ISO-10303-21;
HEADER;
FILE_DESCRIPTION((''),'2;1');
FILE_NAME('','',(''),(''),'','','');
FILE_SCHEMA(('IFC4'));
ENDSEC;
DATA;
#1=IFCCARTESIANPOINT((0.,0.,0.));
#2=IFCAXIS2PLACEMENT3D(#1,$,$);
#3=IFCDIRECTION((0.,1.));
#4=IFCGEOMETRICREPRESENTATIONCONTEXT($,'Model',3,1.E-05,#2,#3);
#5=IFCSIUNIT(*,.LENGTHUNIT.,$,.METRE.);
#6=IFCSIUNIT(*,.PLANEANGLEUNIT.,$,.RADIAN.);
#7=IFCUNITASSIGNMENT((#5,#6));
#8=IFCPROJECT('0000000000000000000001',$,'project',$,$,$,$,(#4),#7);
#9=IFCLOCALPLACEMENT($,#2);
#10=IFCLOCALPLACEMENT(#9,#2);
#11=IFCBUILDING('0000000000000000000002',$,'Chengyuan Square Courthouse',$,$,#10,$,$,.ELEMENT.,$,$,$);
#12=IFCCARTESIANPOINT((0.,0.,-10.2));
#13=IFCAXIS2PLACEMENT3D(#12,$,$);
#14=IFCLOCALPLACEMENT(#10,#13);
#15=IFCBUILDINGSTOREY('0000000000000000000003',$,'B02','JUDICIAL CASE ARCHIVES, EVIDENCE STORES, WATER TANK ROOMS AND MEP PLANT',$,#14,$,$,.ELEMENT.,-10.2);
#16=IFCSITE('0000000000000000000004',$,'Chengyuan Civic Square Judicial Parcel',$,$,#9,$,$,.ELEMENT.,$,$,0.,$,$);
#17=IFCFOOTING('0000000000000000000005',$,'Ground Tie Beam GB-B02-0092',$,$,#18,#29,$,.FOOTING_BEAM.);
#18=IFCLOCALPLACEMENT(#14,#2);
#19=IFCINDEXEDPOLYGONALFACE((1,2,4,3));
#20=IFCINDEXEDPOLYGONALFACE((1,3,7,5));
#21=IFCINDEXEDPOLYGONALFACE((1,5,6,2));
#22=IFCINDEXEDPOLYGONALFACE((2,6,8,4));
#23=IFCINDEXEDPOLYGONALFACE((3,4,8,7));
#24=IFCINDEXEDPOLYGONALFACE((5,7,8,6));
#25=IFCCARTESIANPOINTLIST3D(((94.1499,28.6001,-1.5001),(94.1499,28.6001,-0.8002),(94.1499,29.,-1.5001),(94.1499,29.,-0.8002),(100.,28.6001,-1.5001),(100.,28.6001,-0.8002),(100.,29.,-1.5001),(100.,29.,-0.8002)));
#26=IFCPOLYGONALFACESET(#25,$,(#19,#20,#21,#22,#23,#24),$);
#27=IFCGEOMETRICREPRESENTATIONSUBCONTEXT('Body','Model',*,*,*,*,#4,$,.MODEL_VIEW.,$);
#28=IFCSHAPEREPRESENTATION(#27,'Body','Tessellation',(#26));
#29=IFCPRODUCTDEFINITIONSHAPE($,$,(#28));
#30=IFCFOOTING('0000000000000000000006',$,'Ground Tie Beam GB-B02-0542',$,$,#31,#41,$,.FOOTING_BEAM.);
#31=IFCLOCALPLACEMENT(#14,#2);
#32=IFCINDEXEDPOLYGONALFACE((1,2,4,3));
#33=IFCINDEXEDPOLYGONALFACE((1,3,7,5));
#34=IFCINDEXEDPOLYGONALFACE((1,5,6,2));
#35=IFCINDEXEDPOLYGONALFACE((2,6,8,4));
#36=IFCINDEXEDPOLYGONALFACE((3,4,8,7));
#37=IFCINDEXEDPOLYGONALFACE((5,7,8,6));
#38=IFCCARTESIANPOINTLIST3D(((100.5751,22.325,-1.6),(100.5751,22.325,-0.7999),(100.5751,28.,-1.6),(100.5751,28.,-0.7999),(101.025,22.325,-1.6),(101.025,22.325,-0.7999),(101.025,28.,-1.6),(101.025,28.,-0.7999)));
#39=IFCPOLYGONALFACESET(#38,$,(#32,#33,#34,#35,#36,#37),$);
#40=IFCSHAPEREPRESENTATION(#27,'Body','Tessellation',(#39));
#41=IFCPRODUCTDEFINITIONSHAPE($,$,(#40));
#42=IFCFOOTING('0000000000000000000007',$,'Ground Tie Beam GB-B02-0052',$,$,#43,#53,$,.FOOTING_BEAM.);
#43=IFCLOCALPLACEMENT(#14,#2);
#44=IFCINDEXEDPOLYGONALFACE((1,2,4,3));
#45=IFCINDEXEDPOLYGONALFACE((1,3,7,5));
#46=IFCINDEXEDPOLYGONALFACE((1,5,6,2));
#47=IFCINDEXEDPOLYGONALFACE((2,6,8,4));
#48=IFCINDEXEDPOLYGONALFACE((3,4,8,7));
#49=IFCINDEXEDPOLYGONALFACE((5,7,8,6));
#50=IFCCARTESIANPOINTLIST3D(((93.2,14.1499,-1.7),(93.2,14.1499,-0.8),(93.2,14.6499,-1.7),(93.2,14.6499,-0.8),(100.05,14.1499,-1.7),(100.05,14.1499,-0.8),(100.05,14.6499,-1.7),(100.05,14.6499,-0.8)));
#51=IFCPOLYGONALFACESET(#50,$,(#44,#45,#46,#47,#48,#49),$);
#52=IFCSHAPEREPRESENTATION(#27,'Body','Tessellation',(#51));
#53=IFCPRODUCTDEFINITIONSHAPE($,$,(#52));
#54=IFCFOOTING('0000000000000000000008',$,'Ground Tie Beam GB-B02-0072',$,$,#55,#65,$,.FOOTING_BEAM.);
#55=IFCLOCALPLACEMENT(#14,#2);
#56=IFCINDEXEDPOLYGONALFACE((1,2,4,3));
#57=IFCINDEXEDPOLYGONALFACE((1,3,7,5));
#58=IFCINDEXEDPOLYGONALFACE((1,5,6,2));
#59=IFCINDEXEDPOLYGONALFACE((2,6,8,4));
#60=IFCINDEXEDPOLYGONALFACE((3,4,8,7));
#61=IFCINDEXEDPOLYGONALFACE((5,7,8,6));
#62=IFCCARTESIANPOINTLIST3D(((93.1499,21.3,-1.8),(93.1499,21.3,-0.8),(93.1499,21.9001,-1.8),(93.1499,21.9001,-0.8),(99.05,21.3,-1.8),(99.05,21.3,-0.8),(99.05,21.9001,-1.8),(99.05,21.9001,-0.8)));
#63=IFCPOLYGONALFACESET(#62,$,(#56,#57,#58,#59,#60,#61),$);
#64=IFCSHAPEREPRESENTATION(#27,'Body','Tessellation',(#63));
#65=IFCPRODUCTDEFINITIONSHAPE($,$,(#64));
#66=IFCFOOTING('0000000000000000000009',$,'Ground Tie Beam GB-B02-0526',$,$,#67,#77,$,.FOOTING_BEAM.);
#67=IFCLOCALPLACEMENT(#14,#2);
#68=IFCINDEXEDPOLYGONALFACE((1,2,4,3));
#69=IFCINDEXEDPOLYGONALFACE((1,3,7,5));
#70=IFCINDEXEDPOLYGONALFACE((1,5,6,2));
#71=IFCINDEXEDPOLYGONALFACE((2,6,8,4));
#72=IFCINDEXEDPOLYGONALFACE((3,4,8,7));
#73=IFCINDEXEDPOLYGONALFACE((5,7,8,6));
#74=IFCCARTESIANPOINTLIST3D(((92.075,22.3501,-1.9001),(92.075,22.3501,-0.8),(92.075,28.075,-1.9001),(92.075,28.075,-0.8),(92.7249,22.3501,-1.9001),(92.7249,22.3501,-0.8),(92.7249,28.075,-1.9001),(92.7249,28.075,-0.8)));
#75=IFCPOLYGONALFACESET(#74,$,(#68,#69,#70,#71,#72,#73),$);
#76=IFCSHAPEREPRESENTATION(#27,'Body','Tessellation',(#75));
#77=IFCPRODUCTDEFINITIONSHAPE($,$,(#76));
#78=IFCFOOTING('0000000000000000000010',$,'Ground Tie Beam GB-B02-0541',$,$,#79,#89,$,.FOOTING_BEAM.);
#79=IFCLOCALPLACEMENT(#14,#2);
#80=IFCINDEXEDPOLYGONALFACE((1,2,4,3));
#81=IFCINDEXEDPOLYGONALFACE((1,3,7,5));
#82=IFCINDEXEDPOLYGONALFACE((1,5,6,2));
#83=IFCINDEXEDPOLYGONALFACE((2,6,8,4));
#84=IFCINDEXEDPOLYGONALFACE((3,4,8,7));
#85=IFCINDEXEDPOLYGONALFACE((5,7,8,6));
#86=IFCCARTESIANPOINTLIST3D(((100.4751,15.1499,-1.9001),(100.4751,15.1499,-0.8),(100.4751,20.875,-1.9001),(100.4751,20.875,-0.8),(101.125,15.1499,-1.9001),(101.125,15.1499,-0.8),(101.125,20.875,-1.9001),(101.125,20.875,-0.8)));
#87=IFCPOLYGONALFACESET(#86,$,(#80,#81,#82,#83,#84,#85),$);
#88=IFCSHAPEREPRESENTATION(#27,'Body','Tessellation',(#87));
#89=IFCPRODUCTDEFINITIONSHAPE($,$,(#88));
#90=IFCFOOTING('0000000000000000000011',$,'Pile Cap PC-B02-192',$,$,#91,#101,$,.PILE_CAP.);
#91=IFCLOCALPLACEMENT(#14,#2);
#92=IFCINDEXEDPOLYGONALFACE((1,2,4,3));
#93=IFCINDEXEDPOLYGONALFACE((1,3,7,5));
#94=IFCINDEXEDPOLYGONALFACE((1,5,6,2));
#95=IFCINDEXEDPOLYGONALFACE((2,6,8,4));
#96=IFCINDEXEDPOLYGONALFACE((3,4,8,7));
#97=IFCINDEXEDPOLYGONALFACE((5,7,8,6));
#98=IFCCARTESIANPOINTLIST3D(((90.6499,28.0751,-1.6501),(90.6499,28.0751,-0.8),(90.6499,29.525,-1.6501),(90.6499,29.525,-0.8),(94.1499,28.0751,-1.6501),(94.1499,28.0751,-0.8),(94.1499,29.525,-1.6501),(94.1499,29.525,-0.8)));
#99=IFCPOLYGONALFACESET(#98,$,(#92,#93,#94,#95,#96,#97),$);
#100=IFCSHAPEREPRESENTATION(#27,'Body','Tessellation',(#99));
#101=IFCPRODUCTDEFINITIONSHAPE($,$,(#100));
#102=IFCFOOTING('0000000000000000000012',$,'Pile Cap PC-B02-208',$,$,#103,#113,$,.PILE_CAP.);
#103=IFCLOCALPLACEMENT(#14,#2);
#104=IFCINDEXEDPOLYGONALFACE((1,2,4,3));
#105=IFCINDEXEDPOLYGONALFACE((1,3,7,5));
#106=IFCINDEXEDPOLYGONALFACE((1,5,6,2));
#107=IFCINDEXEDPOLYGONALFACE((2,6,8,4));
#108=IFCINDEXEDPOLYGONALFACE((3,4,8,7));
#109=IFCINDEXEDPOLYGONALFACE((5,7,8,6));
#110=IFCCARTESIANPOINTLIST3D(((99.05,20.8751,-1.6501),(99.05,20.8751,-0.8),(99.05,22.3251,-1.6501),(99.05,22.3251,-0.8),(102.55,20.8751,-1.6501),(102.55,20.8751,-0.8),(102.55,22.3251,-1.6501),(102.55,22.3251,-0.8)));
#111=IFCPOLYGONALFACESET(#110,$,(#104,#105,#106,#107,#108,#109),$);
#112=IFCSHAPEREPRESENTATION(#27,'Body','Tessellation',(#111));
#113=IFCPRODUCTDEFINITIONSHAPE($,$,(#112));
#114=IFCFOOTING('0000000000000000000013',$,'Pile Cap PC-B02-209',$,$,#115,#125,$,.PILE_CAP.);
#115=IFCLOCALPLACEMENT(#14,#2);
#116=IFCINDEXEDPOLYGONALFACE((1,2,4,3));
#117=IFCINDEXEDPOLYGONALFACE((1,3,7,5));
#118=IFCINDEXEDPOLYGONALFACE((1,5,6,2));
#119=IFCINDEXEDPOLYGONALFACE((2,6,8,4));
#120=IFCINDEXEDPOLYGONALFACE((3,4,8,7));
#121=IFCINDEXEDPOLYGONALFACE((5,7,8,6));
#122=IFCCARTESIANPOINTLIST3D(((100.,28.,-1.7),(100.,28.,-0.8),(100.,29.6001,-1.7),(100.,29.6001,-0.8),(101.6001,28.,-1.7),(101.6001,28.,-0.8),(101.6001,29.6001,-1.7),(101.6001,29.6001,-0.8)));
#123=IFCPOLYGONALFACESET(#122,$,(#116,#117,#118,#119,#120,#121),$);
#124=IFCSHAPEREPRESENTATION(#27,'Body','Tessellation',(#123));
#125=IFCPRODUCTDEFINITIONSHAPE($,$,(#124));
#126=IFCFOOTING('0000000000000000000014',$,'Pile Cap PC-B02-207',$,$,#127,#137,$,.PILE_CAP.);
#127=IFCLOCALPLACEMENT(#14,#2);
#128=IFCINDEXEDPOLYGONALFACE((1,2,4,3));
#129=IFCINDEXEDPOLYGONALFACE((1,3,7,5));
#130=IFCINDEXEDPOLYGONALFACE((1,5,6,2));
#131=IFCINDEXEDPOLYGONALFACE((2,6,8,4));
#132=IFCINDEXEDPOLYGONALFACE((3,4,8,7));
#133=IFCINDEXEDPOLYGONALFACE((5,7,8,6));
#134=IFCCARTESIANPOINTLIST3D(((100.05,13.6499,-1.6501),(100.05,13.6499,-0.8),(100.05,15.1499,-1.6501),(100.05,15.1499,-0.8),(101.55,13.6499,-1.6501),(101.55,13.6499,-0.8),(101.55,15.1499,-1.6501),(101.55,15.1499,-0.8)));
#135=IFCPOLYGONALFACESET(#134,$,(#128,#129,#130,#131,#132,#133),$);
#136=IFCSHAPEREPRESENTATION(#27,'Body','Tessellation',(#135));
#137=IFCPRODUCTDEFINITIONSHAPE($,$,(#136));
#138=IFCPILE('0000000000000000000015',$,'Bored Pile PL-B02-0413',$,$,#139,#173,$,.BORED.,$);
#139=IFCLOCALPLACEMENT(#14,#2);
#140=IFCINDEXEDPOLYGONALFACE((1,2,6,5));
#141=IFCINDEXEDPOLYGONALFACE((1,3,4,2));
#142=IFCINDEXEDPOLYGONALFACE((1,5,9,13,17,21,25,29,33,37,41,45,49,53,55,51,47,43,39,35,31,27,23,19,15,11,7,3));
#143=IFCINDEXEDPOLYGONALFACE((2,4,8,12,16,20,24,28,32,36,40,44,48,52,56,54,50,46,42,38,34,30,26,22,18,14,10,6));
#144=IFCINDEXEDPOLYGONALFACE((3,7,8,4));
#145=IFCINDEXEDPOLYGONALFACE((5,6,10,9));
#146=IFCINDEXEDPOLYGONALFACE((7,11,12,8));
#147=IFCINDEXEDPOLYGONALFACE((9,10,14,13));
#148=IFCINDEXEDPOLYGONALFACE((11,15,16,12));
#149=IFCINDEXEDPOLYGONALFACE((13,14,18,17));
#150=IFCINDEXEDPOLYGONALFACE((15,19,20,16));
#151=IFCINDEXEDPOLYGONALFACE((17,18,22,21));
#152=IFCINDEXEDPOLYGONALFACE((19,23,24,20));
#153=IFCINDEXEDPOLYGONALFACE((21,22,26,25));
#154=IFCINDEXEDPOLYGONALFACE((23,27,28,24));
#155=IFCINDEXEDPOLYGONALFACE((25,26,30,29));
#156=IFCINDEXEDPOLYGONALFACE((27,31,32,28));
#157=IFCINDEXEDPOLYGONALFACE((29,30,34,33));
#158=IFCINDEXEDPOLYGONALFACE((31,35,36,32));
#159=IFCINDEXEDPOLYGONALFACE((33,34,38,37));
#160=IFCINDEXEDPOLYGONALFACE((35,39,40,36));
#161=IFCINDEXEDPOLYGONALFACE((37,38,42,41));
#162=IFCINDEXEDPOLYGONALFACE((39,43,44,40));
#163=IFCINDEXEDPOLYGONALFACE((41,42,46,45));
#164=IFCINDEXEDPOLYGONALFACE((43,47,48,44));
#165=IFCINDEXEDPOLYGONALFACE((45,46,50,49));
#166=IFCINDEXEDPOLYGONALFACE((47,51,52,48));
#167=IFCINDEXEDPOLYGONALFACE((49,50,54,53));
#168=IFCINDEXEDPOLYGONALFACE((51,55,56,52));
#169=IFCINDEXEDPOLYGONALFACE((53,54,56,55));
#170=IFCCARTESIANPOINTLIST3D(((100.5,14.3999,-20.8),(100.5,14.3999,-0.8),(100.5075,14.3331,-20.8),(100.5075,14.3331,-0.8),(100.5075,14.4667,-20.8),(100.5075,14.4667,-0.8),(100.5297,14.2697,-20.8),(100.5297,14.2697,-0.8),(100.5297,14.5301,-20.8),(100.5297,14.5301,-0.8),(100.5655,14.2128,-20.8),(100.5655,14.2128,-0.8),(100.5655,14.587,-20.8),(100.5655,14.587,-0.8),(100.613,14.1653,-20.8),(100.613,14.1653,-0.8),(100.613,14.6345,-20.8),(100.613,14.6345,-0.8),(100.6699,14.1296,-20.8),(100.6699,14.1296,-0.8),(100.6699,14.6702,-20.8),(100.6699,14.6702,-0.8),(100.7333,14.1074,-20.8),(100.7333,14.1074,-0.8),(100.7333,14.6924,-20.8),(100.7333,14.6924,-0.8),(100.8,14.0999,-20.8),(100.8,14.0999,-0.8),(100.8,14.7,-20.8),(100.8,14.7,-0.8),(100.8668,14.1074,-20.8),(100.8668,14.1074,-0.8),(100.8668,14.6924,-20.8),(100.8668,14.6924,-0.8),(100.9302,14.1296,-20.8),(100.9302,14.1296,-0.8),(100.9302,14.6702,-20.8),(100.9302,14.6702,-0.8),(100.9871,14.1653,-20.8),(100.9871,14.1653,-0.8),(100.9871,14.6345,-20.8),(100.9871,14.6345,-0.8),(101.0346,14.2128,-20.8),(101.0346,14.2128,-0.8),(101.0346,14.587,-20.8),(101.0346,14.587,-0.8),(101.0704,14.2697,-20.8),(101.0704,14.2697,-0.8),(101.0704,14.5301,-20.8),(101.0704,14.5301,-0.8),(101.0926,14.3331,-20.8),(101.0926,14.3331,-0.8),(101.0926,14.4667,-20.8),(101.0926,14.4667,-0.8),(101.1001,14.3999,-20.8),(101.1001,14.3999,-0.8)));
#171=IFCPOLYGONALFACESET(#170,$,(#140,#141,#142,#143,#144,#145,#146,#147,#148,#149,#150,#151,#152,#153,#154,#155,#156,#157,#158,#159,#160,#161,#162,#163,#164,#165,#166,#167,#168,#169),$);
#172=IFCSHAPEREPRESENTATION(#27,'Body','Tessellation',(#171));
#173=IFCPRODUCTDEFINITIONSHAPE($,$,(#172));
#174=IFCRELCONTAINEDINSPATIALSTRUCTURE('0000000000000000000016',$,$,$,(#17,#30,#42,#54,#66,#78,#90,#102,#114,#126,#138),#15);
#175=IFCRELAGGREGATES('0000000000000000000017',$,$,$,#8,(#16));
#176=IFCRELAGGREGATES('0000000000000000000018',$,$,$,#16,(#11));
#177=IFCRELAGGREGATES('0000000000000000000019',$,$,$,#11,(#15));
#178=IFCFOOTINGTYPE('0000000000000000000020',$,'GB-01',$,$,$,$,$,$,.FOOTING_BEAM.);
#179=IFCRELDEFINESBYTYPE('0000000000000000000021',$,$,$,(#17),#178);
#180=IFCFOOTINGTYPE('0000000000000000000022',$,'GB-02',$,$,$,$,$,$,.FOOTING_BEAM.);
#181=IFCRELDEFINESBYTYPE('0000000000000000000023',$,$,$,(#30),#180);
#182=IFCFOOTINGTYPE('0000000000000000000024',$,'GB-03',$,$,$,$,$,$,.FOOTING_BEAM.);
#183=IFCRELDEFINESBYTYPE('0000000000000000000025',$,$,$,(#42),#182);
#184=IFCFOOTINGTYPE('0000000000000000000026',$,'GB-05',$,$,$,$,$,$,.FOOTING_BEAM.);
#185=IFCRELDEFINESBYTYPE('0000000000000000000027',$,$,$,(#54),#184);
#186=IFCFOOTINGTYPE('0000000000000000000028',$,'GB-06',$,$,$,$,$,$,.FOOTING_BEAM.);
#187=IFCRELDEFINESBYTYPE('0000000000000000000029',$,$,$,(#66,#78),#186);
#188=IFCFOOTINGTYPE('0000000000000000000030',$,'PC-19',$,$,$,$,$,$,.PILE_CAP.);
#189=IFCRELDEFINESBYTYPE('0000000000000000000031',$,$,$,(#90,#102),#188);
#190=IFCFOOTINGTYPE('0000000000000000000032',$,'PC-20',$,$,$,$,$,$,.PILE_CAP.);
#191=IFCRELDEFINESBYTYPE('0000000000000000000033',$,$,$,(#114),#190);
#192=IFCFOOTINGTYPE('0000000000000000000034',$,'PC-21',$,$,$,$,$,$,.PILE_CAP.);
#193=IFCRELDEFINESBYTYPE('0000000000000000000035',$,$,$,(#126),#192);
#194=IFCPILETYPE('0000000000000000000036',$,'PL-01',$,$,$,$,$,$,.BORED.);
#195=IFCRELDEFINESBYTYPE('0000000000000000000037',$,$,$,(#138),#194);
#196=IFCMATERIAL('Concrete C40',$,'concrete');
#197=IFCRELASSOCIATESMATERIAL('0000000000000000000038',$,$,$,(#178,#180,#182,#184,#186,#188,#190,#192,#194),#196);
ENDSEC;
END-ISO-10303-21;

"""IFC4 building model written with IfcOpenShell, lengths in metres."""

from ifc_helpers import new_model, si_unit, direction, frame, origin, origin_2d, place, context, subcontext, project, spatial, rectangle, circle, extrude, material, material_profile, profile_set, type_object, element, save


model = new_model("IFC4")

# Units and contexts
model_context = context("Model", 3, precision=1e-05, world=origin(), true_north=direction((0.0, 1.0)))
body_context = subcontext(model_context, "Body", "Model", "MODEL_VIEW")
ifc_project = project(units=[si_unit("LENGTHUNIT", "METRE"), si_unit("PLANEANGLEUNIT", "RADIAN")], contexts=[model_context])

# Site, building, storey
site_placement = place(None, origin())
site = spatial("IfcSite", under=ifc_project, at=site_placement, Name="Chengyuan Civic Square Judicial Parcel", CompositionType="ELEMENT", RefElevation=0.0)
building_placement = place(site_placement, origin())
building = spatial("IfcBuilding", under=site, at=building_placement, Name="Chengyuan Square Courthouse", CompositionType="ELEMENT")
storey_placement = place(building_placement, frame((0.0, 0.0, -10.2)))
storey = spatial("IfcBuildingStorey", under=building, at=storey_placement, Name="B02", Description="JUDICIAL CASE ARCHIVES, EVIDENCE STORES, WATER TANK ROOMS AND MEP PLANT", CompositionType="ELEMENT", Elevation=-10.2)

# Footings
ifc_material_1 = material(Name="Concrete C40", Category="concrete")
ifc_material_profile_1 = material_profile(ifc_material_1, rectangle(XDim=0.3999, YDim=0.7, at=origin_2d()), Name="GB-400x700")
ifc_profile_set_1 = profile_set([ifc_material_profile_1], Name="Concrete C40")
footing_type_1 = type_object("IfcFootingType", Name="GB-01", PredefinedType="FOOTING_BEAM", material=ifc_profile_set_1)
footing_1_placement = place(storey_placement, frame((94.1499, 28.8, -1.1501), z_axis=(1.0, 0.0, 0.0), x_axis=(0.0, 1.0, 0.0)))
element("IfcFooting", 1, at=footing_1_placement, inside=storey, type_object=footing_type_1, Name="Ground Tie Beam GB-B02-0092", PredefinedType="FOOTING_BEAM", context=body_context, shape_type="SweptSolid", body=[
    extrude(rectangle(XDim=0.3999, YDim=0.7, at=origin_2d()), origin(), (0.0, 0.0, 1.0), 5.8501),
])
ifc_material_profile_2 = material_profile(ifc_material_1, rectangle(XDim=0.45, YDim=0.8, at=origin_2d()), Name="GB-450x800")
ifc_profile_set_2 = profile_set([ifc_material_profile_2], Name="Concrete C40")
footing_type_2 = type_object("IfcFootingType", Name="GB-02", PredefinedType="FOOTING_BEAM", material=ifc_profile_set_2)
footing_2_placement = place(storey_placement, frame((100.8, 22.325, -1.2), z_axis=(0.0, 1.0, 0.0), x_axis=(-1.0, 0.0, 0.0)))
element("IfcFooting", 2, at=footing_2_placement, inside=storey, type_object=footing_type_2, Name="Ground Tie Beam GB-B02-0542", PredefinedType="FOOTING_BEAM", context=body_context, shape_type="SweptSolid", body=[
    extrude(rectangle(XDim=0.45, YDim=0.8, at=origin_2d()), origin(), (0.0, 0.0, 1.0), 5.675),
])
ifc_material_profile_3 = material_profile(ifc_material_1, rectangle(XDim=0.5, YDim=0.8999, at=origin_2d()), Name="GB-500x900")
ifc_profile_set_3 = profile_set([ifc_material_profile_3], Name="Concrete C40")
footing_type_3 = type_object("IfcFootingType", Name="GB-03", PredefinedType="FOOTING_BEAM", material=ifc_profile_set_3)
footing_3_placement = place(storey_placement, frame((93.2, 14.3999, -1.25), z_axis=(1.0, 0.0, 0.0), x_axis=(0.0, 1.0, 0.0)))
element("IfcFooting", 3, at=footing_3_placement, inside=storey, type_object=footing_type_3, Name="Ground Tie Beam GB-B02-0052", PredefinedType="FOOTING_BEAM", context=body_context, shape_type="SweptSolid", body=[
    extrude(rectangle(XDim=0.5, YDim=0.8999, at=origin_2d()), origin(), (0.0, 0.0, 1.0), 6.8501),
])
ifc_material_profile_4 = material_profile(ifc_material_1, rectangle(XDim=0.6001, YDim=1.0, at=origin_2d()), Name="GB-600x1000")
ifc_profile_set_4 = profile_set([ifc_material_profile_4], Name="Concrete C40")
footing_type_4 = type_object("IfcFootingType", Name="GB-05", PredefinedType="FOOTING_BEAM", material=ifc_profile_set_4)
footing_4_placement = place(storey_placement, frame((93.1499, 21.6001, -1.3), z_axis=(1.0, 0.0, 0.0), x_axis=(0.0, 1.0, 0.0)))
element("IfcFooting", 4, at=footing_4_placement, inside=storey, type_object=footing_type_4, Name="Ground Tie Beam GB-B02-0072", PredefinedType="FOOTING_BEAM", context=body_context, shape_type="SweptSolid", body=[
    extrude(rectangle(XDim=0.6001, YDim=1.0, at=origin_2d()), origin(), (0.0, 0.0, 1.0), 5.9001),
])
ifc_material_profile_5 = material_profile(ifc_material_1, rectangle(XDim=0.6499, YDim=1.1001, at=origin_2d()), Name="GB-650x1100")
ifc_profile_set_5 = profile_set([ifc_material_profile_5], Name="Concrete C40")
footing_type_5 = type_object("IfcFootingType", Name="GB-06", PredefinedType="FOOTING_BEAM", material=ifc_profile_set_5)
footing_5_placement = place(storey_placement, frame((92.3999, 22.3501, -1.3501), z_axis=(0.0, 1.0, 0.0), x_axis=(-1.0, 0.0, 0.0)))
element("IfcFooting", 5, at=footing_5_placement, inside=storey, type_object=footing_type_5, Name="Ground Tie Beam GB-B02-0526", PredefinedType="FOOTING_BEAM", context=body_context, shape_type="SweptSolid", body=[
    extrude(rectangle(XDim=0.6499, YDim=1.1001, at=origin_2d()), origin(), (0.0, 0.0, 1.0), 5.7249),
])
footing_6_placement = place(storey_placement, frame((100.8, 15.1499, -1.3501), z_axis=(0.0, 1.0, 0.0), x_axis=(-1.0, 0.0, 0.0)))
element("IfcFooting", 6, at=footing_6_placement, inside=storey, type_object=footing_type_5, Name="Ground Tie Beam GB-B02-0541", PredefinedType="FOOTING_BEAM", context=body_context, shape_type="SweptSolid", body=[
    extrude(rectangle(XDim=0.6499, YDim=1.1001, at=origin_2d()), origin(), (0.0, 0.0, 1.0), 5.7251),
])
footing_type_6 = type_object("IfcFootingType", Name="PC-19", PredefinedType="PILE_CAP", material=ifc_material_1)
for number, where, z_axis, x_axis, name in (
    (7, (92.3999, 28.8, -1.6501), (0.0, 0.0, 1.0), (1.0, 0.0, 0.0), "Pile Cap PC-B02-192"),
    (8, (100.8, 21.6001, -1.6501), (0.0, 0.0, 1.0), (1.0, 0.0, 0.0), "Pile Cap PC-B02-208"),
):
    element("IfcFooting", number, at=place(storey_placement, frame(where, z_axis=z_axis, x_axis=x_axis)), inside=storey, type_object=footing_type_6, Name=name, PredefinedType="PILE_CAP", context=body_context, shape_type="SweptSolid", body=[
        extrude(rectangle(XDim=3.5, YDim=1.45, at=origin_2d()), origin(), (0.0, 0.0, 1.0), 0.8501),
    ])
footing_type_7 = type_object("IfcFootingType", Name="PC-20", PredefinedType="PILE_CAP", material=ifc_material_1)
footing_7_placement = place(storey_placement, frame((100.8, 28.8, -1.7), z_axis=(0.0, 0.0, 1.0), x_axis=(1.0, 0.0, 0.0)))
element("IfcFooting", 9, at=footing_7_placement, inside=storey, type_object=footing_type_7, Name="Pile Cap PC-B02-209", PredefinedType="PILE_CAP", context=body_context, shape_type="SweptSolid", body=[
    extrude(rectangle(XDim=1.6001, YDim=1.6001, at=origin_2d()), origin(), (0.0, 0.0, 1.0), 0.8999),
])
footing_type_8 = type_object("IfcFootingType", Name="PC-21", PredefinedType="PILE_CAP", material=ifc_material_1)
footing_8_placement = place(storey_placement, frame((100.8, 14.3999, -1.6501), z_axis=(0.0, 0.0, 1.0), x_axis=(1.0, 0.0, 0.0)))
element("IfcFooting", 10, at=footing_8_placement, inside=storey, type_object=footing_type_8, Name="Pile Cap PC-B02-207", PredefinedType="PILE_CAP", context=body_context, shape_type="SweptSolid", body=[
    extrude(rectangle(XDim=1.5, YDim=1.5, at=origin_2d()), origin(), (0.0, 0.0, 1.0), 0.8501),
])

# Pile
ifc_material_profile_6 = material_profile(ifc_material_1, circle(Radius=0.3, at=origin_2d()), Name="BORED PILE D600")
ifc_profile_set_6 = profile_set([ifc_material_profile_6], Name="Concrete C40")
pile_type_1 = type_object("IfcPileType", Name="PL-01", PredefinedType="BORED", material=ifc_profile_set_6)
pile_placement = place(storey_placement, frame((100.8, 14.3999, -0.8), z_axis=(0.0, 0.0, -1.0), x_axis=(1.0, 0.0, 0.0)))
element("IfcPile", 11, at=pile_placement, inside=storey, type_object=pile_type_1, Name="Bored Pile PL-B02-0413", PredefinedType="BORED", context=body_context, shape_type="SweptSolid", body=[
    extrude(circle(Radius=0.3, at=origin_2d()), origin(), (0.0, 0.0, 1.0), 20.0),
])

save(model, "model.ifc")
